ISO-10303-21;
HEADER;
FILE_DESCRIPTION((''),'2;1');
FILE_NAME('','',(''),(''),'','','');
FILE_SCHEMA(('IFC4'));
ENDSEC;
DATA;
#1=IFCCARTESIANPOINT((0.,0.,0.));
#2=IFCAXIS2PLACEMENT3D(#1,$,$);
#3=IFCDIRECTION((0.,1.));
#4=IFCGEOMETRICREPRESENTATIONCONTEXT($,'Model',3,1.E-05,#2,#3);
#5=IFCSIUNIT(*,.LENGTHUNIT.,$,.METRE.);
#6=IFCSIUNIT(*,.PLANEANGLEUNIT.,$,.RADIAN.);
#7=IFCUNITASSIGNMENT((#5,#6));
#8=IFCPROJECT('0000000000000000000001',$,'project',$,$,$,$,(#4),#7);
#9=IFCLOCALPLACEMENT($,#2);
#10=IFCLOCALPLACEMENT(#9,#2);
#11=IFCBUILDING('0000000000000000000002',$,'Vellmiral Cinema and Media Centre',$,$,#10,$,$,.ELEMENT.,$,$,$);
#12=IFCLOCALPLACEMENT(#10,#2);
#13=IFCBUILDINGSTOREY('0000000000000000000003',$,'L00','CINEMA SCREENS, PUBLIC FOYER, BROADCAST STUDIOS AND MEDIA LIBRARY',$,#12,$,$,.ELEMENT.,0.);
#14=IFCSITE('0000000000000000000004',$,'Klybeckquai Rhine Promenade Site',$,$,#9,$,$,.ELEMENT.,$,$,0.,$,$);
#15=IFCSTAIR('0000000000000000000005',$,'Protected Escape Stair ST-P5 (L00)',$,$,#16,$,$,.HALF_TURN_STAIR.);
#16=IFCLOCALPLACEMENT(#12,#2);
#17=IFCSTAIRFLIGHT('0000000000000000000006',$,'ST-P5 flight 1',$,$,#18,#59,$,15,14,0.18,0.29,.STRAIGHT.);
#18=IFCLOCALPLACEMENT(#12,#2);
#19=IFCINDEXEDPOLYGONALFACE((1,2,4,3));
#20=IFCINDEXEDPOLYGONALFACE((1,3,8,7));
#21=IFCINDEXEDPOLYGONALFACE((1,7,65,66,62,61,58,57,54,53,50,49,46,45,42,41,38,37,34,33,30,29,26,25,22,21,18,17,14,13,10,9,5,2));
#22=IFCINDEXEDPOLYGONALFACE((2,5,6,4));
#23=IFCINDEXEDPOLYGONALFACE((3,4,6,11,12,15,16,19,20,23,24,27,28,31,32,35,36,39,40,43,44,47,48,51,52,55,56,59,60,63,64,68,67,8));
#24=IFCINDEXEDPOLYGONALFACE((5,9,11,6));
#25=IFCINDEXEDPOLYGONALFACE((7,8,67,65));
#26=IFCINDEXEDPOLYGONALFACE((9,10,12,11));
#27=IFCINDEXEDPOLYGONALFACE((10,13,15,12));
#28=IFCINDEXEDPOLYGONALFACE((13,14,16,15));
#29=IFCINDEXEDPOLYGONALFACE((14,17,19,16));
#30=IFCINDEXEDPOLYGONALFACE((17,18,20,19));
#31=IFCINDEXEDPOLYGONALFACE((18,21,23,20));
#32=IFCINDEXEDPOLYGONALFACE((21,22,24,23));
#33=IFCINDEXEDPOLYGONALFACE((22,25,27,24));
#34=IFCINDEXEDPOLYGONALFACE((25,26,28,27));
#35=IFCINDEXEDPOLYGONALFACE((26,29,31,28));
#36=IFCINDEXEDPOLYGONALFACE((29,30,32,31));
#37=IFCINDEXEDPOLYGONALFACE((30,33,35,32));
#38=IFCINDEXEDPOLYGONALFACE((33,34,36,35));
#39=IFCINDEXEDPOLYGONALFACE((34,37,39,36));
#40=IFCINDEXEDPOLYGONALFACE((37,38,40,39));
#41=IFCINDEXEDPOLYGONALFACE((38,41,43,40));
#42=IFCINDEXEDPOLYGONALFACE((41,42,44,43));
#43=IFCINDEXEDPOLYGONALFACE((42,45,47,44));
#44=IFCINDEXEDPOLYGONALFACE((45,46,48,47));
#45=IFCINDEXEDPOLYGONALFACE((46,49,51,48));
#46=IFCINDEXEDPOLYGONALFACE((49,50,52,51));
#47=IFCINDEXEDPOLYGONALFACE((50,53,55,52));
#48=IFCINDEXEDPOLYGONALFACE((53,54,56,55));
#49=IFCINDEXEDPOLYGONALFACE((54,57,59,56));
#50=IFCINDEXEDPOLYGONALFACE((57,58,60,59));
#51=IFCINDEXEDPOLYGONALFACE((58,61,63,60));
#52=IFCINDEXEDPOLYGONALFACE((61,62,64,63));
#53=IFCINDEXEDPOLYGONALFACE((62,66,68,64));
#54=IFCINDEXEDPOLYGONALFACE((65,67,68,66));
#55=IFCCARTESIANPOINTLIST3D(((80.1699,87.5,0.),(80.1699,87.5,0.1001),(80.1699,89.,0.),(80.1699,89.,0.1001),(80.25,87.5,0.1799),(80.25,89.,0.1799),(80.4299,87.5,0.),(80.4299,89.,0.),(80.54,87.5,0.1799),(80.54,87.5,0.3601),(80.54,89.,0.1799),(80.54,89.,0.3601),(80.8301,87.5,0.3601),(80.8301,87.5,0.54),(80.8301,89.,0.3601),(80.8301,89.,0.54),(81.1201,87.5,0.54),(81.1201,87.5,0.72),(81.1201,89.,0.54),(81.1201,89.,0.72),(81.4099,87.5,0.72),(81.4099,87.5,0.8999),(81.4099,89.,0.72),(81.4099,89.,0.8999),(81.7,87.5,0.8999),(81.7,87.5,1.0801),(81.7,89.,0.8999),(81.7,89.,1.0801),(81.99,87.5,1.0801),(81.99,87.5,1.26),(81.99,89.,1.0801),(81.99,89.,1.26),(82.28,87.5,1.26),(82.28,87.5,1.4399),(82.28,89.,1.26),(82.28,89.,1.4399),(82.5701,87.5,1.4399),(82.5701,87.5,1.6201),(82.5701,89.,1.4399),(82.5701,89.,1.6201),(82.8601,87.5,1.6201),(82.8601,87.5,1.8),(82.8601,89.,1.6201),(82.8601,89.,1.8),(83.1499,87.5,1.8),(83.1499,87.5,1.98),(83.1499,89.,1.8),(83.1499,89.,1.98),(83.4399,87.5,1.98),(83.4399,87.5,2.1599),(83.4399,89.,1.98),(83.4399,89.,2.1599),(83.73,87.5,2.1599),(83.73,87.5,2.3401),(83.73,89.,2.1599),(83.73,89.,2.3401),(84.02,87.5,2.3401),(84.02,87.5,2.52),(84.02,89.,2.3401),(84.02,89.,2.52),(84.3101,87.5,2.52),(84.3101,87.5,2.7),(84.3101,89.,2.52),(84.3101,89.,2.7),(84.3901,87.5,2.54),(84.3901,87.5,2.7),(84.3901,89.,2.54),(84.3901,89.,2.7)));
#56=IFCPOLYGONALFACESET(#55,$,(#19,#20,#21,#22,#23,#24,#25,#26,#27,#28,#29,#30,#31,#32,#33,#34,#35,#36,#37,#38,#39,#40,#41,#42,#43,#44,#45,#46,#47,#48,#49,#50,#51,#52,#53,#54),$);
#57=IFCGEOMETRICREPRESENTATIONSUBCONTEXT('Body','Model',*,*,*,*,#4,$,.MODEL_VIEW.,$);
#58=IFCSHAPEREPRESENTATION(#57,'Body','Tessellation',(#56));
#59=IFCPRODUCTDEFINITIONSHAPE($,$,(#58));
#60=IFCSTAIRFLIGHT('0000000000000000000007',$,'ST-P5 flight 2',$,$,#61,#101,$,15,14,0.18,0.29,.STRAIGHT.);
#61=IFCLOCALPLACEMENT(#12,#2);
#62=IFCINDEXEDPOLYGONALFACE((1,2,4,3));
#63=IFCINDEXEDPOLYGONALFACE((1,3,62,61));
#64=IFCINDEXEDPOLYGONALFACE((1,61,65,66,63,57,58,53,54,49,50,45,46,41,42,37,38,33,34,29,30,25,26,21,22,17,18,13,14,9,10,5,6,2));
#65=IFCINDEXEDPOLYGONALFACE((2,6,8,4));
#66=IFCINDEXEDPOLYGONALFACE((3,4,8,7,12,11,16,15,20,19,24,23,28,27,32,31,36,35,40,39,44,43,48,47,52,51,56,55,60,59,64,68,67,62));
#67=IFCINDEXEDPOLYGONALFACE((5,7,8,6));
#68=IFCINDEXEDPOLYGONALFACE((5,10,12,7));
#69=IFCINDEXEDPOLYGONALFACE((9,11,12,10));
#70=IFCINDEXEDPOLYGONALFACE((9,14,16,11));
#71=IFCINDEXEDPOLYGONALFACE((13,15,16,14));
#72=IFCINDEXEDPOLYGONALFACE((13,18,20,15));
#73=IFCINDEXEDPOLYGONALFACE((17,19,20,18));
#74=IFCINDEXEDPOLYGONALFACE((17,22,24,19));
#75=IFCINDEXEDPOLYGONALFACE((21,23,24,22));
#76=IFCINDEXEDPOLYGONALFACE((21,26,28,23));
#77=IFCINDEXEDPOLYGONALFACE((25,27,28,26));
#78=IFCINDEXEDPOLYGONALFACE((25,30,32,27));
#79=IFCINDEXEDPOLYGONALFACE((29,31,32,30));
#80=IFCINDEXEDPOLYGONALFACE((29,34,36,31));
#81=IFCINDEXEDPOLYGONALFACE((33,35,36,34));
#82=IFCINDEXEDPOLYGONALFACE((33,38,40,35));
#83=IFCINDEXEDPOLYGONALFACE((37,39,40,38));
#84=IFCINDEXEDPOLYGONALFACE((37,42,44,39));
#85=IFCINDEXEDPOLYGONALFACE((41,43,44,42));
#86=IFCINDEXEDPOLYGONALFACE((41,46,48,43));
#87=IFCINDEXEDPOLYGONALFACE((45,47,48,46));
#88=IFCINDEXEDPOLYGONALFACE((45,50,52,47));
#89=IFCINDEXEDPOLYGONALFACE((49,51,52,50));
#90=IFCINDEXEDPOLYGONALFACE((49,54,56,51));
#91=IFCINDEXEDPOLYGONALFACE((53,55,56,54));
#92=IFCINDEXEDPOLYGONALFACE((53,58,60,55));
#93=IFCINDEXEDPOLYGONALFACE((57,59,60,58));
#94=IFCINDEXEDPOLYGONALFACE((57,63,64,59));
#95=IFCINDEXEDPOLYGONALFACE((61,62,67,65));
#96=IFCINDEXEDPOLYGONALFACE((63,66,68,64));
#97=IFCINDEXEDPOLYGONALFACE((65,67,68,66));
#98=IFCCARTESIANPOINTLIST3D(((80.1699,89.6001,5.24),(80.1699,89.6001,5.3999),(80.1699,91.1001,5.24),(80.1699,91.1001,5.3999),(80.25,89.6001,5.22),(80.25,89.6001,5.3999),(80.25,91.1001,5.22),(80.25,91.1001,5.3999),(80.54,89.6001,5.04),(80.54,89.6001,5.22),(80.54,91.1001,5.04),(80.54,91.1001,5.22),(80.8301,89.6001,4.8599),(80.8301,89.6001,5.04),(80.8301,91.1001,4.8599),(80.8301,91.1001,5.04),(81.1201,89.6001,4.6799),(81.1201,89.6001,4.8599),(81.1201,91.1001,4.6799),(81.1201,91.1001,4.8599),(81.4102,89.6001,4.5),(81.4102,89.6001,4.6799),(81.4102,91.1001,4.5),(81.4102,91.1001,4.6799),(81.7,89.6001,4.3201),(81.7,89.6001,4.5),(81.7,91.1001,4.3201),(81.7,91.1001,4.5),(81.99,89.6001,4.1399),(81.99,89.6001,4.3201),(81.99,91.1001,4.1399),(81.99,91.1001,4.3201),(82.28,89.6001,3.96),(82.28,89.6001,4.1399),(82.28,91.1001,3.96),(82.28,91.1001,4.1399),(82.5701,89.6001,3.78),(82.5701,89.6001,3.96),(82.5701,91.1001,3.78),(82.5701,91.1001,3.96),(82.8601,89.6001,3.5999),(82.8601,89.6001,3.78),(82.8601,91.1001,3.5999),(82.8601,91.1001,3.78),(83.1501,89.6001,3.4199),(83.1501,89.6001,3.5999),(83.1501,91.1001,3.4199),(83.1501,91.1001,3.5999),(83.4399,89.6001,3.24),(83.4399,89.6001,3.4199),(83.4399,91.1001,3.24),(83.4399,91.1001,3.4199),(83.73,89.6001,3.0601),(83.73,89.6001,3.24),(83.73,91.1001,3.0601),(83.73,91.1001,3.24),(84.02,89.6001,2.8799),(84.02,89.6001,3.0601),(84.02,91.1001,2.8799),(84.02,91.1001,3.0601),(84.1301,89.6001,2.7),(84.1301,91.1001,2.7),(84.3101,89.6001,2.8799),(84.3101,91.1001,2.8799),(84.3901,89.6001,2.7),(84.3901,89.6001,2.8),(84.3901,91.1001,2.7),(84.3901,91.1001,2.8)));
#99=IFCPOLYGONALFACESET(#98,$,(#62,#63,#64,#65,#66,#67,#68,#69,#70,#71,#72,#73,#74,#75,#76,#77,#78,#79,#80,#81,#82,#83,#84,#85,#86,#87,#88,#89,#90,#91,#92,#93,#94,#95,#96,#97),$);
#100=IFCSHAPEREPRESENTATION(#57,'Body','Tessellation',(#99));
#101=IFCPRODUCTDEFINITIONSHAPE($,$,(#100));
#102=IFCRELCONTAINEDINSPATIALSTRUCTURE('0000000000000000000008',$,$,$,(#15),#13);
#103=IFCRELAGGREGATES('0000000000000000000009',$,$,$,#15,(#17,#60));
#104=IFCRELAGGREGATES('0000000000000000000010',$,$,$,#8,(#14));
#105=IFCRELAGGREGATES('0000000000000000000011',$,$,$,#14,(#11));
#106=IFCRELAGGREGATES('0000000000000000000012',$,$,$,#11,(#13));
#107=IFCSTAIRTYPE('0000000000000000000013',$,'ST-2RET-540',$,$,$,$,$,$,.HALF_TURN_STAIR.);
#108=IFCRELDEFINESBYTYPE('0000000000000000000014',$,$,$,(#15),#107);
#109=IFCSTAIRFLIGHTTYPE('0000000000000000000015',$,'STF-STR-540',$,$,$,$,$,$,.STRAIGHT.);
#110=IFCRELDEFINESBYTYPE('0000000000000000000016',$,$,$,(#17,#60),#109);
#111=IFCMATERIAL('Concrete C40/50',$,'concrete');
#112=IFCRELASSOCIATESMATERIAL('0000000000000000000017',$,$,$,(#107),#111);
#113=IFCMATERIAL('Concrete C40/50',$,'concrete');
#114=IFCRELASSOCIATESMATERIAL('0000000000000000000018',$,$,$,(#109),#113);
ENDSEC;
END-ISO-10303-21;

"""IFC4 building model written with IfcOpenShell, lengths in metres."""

from ifc_helpers import new_model, si_unit, direction, frame, origin, place, context, subcontext, project, spatial, polyline, outline, extrude, material, type_object, element, aggregate, save


model = new_model("IFC4")

# Units and contexts
model_context = context("Model", 3, precision=1e-05, world=origin(), true_north=direction((0.0, 1.0)))
body_context = subcontext(model_context, "Body", "Model", "MODEL_VIEW")
ifc_project = project(units=[si_unit("LENGTHUNIT", "METRE"), si_unit("PLANEANGLEUNIT", "RADIAN")], contexts=[model_context])

# Site, building, storey
site_placement = place(None, origin())
site = spatial("IfcSite", under=ifc_project, at=site_placement, Name="Klybeckquai Rhine Promenade Site", CompositionType="ELEMENT", RefElevation=0.0)
building_placement = place(site_placement, origin())
building = spatial("IfcBuilding", under=site, at=building_placement, Name="Vellmiral Cinema and Media Centre", CompositionType="ELEMENT")
storey_placement = place(building_placement, origin())
storey = spatial("IfcBuildingStorey", under=building, at=storey_placement, Name="L00", Description="CINEMA SCREENS, PUBLIC FOYER, BROADCAST STUDIOS AND MEDIA LIBRARY", CompositionType="ELEMENT", Elevation=0.0)

# Stair, stair flights
ifc_material_1 = material(Name="Concrete C40/50", Category="concrete")
stair_type = type_object("IfcStairType", Name="ST-2RET-540", PredefinedType="HALF_TURN_STAIR", material=ifc_material_1)
stair_placement = place(storey_placement, origin())
stair = element("IfcStair", 1, at=stair_placement, inside=storey, type_object=stair_type, Name="Protected Escape Stair ST-P5 (L00)", PredefinedType="HALF_TURN_STAIR")
ifc_material_2 = material(Name="Concrete C40/50", Category="concrete")
stair_flight_type = type_object("IfcStairFlightType", Name="STF-STR-540", PredefinedType="STRAIGHT", material=ifc_material_2)
stair_flight_1_placement = place(storey_placement, frame((80.25, 88.25, 0.0), z_axis=(0.0, 0.0, 1.0), x_axis=(1.0, 0.0, 0.0)))
stair_flight_1 = element("IfcStairFlight", 2, at=stair_flight_1_placement, type_object=stair_flight_type, Name="ST-P5 flight 1", NumberOfRisers=15, NumberOfTreads=14, PredefinedType="STRAIGHT", RiserHeight=0.18, TreadLength=0.29, context=body_context, shape_type="SweptSolid", body=[
    extrude(outline(polyline([(-0.0801, 0.0), (-0.0801, 0.1001), (0.0, 0.1799), (0.29, 0.1799), (0.29, 0.3601), (0.5801, 0.3601), (0.5801, 0.54), (0.8701, 0.54), (0.8701, 0.72), (1.1599, 0.72), (1.1599, 0.8999), (1.45, 0.8999), (1.45, 1.0801), (1.74, 1.0801), (1.74, 1.26), (2.03, 1.26), (2.03, 1.4399), (2.3201, 1.4399), (2.3201, 1.6201), (2.6101, 1.6201), (2.6101, 1.8), (2.8999, 1.8), (2.8999, 1.98), (3.1899, 1.98), (3.1899, 2.1599), (3.48, 2.1599), (3.48, 2.3401), (3.77, 2.3401), (3.77, 2.52), (4.0601, 2.52), (4.0601, 2.7), (4.1401, 2.7), (4.1401, 2.54), (0.1799, 0.0), (-0.0801, 0.0)])), frame((0.0, 0.75, 0.0), z_axis=(0.0, -1.0, 0.0), x_axis=(1.0, 0.0, 0.0)), (0.0, 0.0, 1.0), 1.5),
])
stair_flight_2_placement = place(storey_placement, frame((84.3101, 90.3501, 2.7), z_axis=(0.0, 0.0, 1.0), x_axis=(-1.0, 0.0, 0.0)))
stair_flight_2 = element("IfcStairFlight", 3, at=stair_flight_2_placement, type_object=stair_flight_type, Name="ST-P5 flight 2", NumberOfRisers=15, NumberOfTreads=14, PredefinedType="STRAIGHT", RiserHeight=0.18, TreadLength=0.29, context=body_context, shape_type="SweptSolid", body=[
    extrude(outline(polyline([(-0.0801, 0.0), (-0.0801, 0.1001), (0.0, 0.1799), (0.29, 0.1799), (0.29, 0.3601), (0.5801, 0.3601), (0.5801, 0.54), (0.8701, 0.54), (0.8701, 0.72), (1.1599, 0.72), (1.1599, 0.8999), (1.45, 0.8999), (1.45, 1.0801), (1.74, 1.0801), (1.74, 1.26), (2.03, 1.26), (2.03, 1.4399), (2.3201, 1.4399), (2.3201, 1.6201), (2.6101, 1.6201), (2.6101, 1.8), (2.8999, 1.8), (2.8999, 1.98), (3.1899, 1.98), (3.1899, 2.1599), (3.48, 2.1599), (3.48, 2.3401), (3.77, 2.3401), (3.77, 2.52), (4.0601, 2.52), (4.0601, 2.7), (4.1401, 2.7), (4.1401, 2.54), (0.1799, 0.0), (-0.0801, 0.0)])), frame((0.0, 0.75, 0.0), z_axis=(0.0, -1.0, 0.0), x_axis=(1.0, 0.0, 0.0)), (0.0, 0.0, 1.0), 1.5),
])
aggregate(stair, [stair_flight_1, stair_flight_2])

save(model, "model.ifc")
